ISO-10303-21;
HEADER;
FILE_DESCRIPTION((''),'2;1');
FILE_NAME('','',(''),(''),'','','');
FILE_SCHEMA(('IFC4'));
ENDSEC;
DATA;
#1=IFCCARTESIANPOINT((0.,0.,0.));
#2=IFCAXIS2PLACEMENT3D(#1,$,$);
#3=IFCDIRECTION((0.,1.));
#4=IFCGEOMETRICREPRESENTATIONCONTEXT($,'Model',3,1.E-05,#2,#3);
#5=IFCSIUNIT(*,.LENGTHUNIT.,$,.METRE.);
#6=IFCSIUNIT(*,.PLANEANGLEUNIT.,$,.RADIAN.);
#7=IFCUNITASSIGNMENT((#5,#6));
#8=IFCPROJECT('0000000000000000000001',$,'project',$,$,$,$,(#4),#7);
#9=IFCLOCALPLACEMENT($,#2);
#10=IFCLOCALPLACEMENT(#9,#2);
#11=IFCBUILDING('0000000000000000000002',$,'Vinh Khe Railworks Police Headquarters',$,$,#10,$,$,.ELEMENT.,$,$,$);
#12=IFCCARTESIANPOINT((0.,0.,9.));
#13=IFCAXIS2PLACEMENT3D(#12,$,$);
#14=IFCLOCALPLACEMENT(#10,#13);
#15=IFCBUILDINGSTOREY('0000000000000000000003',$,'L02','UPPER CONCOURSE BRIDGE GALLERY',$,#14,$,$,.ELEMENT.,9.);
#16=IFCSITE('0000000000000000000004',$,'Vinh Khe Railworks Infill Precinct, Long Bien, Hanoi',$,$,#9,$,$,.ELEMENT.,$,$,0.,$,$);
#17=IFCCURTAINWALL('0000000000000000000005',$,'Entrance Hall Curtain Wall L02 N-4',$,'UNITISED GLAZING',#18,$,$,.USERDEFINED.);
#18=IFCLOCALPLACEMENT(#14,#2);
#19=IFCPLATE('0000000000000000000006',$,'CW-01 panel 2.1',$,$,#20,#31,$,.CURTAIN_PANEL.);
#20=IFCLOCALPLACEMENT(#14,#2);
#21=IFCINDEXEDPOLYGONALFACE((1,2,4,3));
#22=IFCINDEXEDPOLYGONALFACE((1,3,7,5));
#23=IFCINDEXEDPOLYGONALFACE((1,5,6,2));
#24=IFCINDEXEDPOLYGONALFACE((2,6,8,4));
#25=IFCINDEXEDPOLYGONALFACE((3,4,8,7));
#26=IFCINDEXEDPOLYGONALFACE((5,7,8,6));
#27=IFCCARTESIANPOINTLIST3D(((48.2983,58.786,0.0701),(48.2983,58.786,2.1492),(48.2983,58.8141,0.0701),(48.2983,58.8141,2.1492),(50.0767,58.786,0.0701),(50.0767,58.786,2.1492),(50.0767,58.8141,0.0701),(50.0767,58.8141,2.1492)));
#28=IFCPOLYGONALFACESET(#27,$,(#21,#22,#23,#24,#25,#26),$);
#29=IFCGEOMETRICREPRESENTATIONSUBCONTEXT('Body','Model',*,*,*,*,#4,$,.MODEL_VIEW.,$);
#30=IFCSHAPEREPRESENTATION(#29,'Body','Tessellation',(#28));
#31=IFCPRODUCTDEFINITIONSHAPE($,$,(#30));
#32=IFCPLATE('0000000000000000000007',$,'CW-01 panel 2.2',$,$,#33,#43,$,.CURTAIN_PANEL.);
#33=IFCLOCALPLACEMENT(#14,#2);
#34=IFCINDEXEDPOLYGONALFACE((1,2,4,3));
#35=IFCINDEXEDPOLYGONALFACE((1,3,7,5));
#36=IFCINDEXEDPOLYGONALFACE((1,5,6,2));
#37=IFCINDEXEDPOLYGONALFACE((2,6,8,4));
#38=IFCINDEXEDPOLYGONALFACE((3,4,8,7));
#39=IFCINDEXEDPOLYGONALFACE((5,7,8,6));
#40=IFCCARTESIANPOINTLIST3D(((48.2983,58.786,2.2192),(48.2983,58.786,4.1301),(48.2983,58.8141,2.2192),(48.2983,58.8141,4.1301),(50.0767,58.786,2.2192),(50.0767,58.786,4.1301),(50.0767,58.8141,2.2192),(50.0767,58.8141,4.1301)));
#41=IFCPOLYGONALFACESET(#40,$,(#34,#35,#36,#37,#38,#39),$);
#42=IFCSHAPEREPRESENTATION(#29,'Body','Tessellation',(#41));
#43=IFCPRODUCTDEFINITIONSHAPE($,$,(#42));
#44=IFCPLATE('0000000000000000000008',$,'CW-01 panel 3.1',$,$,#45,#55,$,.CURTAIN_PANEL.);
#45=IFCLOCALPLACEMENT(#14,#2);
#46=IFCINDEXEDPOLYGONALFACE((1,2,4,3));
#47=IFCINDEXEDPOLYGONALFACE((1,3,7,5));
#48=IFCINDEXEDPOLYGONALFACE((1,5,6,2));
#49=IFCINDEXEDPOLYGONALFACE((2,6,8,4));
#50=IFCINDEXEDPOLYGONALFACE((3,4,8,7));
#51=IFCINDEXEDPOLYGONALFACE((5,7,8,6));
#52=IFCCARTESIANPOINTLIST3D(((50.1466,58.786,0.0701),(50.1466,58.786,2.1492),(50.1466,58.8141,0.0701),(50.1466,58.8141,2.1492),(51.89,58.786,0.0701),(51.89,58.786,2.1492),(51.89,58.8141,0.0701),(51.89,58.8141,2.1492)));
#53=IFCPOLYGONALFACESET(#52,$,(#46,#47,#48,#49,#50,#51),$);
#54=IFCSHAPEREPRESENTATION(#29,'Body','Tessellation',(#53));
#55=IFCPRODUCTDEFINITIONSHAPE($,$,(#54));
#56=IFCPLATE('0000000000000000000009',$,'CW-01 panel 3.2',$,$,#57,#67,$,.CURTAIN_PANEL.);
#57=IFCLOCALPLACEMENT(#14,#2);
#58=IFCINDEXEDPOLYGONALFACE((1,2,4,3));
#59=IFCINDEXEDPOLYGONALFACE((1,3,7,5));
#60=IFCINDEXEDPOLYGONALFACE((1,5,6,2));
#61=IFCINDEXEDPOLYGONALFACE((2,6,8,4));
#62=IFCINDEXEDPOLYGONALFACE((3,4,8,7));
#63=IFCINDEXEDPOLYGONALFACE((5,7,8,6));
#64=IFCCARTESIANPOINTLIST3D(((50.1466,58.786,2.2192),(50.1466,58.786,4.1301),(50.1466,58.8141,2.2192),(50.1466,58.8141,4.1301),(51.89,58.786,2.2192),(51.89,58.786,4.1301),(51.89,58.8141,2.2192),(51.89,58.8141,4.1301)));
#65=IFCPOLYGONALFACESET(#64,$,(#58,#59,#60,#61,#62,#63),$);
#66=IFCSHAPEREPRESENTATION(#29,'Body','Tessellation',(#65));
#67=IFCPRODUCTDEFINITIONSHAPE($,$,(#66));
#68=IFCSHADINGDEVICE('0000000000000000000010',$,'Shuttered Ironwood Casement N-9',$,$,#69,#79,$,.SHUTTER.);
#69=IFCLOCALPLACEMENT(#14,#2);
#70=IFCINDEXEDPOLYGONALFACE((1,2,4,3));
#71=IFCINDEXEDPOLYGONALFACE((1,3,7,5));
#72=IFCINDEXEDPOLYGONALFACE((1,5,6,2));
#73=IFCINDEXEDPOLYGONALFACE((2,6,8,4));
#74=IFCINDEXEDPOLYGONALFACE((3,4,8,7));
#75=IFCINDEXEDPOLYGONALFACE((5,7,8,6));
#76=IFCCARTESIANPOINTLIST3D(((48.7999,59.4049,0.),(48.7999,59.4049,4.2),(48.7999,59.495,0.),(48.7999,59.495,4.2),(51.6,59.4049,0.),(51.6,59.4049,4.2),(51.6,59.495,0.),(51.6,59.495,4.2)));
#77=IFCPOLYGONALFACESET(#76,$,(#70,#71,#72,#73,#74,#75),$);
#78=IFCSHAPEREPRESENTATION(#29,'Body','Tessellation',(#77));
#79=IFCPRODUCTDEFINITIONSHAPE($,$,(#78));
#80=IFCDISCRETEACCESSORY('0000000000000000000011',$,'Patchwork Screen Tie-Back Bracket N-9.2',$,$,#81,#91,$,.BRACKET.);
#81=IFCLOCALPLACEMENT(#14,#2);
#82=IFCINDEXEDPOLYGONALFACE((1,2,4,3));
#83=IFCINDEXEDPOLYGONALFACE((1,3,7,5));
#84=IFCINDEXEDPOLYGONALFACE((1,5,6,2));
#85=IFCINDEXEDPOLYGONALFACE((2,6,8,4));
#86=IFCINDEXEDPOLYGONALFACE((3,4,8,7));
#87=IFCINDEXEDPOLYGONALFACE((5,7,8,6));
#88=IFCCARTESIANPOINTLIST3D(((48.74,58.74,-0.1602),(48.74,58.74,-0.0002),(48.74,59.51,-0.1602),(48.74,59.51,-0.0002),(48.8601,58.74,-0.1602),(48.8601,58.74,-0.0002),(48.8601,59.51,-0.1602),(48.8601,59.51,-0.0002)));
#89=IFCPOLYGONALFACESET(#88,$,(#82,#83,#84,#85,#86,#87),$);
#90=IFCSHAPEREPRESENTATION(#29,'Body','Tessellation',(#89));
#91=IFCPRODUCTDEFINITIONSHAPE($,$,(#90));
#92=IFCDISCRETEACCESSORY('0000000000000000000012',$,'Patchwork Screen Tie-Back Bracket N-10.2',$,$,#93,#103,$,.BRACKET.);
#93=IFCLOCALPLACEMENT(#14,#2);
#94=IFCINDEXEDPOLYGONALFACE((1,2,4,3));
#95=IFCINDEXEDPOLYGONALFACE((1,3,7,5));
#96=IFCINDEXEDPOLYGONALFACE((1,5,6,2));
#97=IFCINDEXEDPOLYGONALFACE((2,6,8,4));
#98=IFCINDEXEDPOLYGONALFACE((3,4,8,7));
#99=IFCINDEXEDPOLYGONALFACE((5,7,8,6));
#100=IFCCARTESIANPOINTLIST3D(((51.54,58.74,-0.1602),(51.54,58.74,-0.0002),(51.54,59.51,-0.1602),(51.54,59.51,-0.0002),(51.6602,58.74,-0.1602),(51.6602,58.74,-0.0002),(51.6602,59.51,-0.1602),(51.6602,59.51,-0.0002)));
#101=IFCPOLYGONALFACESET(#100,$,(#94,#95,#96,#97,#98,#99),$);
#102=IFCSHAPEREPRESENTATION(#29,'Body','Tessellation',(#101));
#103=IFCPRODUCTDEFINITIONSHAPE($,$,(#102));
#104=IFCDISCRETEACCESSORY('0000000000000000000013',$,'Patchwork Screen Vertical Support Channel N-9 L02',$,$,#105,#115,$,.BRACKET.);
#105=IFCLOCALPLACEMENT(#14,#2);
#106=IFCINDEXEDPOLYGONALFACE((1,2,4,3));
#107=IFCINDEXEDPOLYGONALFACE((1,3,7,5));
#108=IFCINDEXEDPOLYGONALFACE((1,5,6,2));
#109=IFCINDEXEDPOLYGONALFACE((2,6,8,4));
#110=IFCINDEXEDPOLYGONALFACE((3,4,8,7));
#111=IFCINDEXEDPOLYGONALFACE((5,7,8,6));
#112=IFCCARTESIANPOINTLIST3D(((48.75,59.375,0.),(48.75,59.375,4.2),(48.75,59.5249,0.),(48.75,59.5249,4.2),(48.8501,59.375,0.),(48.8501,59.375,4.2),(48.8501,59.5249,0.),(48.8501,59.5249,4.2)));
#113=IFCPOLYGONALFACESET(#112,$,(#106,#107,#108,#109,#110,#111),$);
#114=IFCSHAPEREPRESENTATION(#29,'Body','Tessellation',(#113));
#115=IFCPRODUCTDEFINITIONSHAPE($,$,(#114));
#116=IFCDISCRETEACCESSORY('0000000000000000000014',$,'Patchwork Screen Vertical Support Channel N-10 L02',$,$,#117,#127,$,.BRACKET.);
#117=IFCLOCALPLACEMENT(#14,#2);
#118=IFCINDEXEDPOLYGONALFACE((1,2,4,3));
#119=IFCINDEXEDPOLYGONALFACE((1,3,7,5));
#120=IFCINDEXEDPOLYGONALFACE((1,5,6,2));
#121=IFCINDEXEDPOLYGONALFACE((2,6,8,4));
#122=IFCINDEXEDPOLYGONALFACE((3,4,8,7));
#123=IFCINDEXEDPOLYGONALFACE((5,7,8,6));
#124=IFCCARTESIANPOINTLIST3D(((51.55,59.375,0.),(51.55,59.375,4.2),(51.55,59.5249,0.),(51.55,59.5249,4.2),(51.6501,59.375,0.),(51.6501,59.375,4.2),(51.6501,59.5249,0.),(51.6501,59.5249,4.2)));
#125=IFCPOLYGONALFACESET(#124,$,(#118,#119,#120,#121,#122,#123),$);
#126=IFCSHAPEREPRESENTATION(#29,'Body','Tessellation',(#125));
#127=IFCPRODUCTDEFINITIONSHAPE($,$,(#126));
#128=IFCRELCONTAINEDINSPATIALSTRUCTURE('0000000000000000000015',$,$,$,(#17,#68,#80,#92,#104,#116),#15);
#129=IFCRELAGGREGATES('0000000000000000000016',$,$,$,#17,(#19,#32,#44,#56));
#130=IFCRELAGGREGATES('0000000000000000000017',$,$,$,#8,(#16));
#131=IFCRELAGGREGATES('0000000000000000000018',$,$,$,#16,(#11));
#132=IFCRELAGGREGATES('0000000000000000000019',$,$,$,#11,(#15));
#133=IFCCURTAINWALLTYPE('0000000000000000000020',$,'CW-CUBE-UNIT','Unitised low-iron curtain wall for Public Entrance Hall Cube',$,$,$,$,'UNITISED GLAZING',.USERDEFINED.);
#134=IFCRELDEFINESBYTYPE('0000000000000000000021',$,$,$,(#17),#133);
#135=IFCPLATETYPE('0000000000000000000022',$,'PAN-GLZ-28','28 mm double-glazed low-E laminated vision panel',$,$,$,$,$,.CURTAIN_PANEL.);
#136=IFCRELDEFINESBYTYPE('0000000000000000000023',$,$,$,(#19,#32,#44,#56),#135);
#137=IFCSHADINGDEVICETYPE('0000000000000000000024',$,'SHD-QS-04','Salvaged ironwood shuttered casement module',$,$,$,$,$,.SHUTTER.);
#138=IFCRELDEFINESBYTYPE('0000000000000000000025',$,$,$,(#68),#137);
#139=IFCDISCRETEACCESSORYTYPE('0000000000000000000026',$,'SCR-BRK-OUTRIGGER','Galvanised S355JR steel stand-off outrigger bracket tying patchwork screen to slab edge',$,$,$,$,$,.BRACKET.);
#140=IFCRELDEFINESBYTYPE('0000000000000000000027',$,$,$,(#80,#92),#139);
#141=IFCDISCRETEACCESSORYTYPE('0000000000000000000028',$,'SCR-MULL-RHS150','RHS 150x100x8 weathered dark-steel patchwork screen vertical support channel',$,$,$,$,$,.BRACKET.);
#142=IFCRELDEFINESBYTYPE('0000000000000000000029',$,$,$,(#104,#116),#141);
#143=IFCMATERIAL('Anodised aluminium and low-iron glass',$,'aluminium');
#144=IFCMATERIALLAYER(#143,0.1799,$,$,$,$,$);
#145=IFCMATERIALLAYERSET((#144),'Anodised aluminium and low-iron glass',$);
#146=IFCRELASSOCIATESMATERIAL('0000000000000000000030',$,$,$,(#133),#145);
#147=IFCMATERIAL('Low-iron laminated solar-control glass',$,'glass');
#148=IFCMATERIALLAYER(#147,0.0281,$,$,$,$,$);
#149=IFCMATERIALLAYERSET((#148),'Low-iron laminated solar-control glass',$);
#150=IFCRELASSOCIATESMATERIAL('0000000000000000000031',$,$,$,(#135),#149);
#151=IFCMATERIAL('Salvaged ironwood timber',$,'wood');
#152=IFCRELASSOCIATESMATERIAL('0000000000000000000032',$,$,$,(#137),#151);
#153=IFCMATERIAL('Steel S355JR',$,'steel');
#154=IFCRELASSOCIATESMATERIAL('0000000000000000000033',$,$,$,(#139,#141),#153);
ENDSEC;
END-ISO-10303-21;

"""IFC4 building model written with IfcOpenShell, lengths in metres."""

from ifc_helpers import new_model, si_unit, direction, frame, origin, origin_2d, place, context, subcontext, project, spatial, rectangle, extrude, material, layer, layer_set, type_object, element, aggregate, save


model = new_model("IFC4")

# Units and contexts
model_context = context("Model", 3, precision=1e-05, world=origin(), true_north=direction((0.0, 1.0)))
body_context = subcontext(model_context, "Body", "Model", "MODEL_VIEW")
ifc_project = project(units=[si_unit("LENGTHUNIT", "METRE"), si_unit("PLANEANGLEUNIT", "RADIAN")], contexts=[model_context])

# Site, building, storey
site_placement = place(None, origin())
site = spatial("IfcSite", under=ifc_project, at=site_placement, Name="Vinh Khe Railworks Infill Precinct, Long Bien, Hanoi", CompositionType="ELEMENT", RefElevation=0.0)
building_placement = place(site_placement, origin())
building = spatial("IfcBuilding", under=site, at=building_placement, Name="Vinh Khe Railworks Police Headquarters", CompositionType="ELEMENT")
storey_placement = place(building_placement, frame((0.0, 0.0, 9.0)))
storey = spatial("IfcBuildingStorey", under=building, at=storey_placement, Name="L02", Description="UPPER CONCOURSE BRIDGE GALLERY", CompositionType="ELEMENT", Elevation=9.0)

# Shared definitions
ifc_material_1 = material(Name="Steel S355JR", Category="steel")

# Shared definitions
ifc_material_2 = material(Name="Salvaged ironwood timber", Category="wood")

# Curtain wall, plates
ifc_material_3 = material(Name="Anodised aluminium and low-iron glass", Category="aluminium")
ifc_layer_1 = layer(ifc_material_3, 0.1799)
ifc_layer_set_1 = layer_set([ifc_layer_1], Name="Anodised aluminium and low-iron glass")
curtain_wall_type = type_object("IfcCurtainWallType", Name="CW-CUBE-UNIT", Description="Unitised low-iron curtain wall for Public Entrance Hall Cube", ElementType="UNITISED GLAZING", PredefinedType="USERDEFINED", material=ifc_layer_set_1)
curtain_wall_placement = place(storey_placement, origin())
curtain_wall = element("IfcCurtainWall", 1, at=curtain_wall_placement, inside=storey, type_object=curtain_wall_type, Name="Entrance Hall Curtain Wall L02 N-4", ObjectType="UNITISED GLAZING", PredefinedType="USERDEFINED")
ifc_material_4 = material(Name="Low-iron laminated solar-control glass", Category="glass")
ifc_layer_2 = layer(ifc_material_4, 0.0281)
ifc_layer_set_2 = layer_set([ifc_layer_2], Name="Low-iron laminated solar-control glass")
plate_type = type_object("IfcPlateType", Name="PAN-GLZ-28", Description="28 mm double-glazed low-E laminated vision panel", PredefinedType="CURTAIN_PANEL", material=ifc_layer_set_2)
plate_1_placement = place(storey_placement, frame((49.1875, 58.8, 0.0701), z_axis=(0.0, 0.0, 1.0), x_axis=(1.0, 0.0, 0.0)))
plate_1 = element("IfcPlate", 2, at=plate_1_placement, type_object=plate_type, Name="CW-01 panel 2.1", PredefinedType="CURTAIN_PANEL", context=body_context, shape_type="SweptSolid", body=[
    extrude(rectangle(XDim=1.7783, YDim=0.0281, at=origin_2d()), origin(), (0.0, 0.0, 1.0), 2.0791),
])
plate_2_placement = place(storey_placement, frame((49.1875, 58.8, 2.2192), z_axis=(0.0, 0.0, 1.0), x_axis=(1.0, 0.0, 0.0)))
plate_2 = element("IfcPlate", 3, at=plate_2_placement, type_object=plate_type, Name="CW-01 panel 2.2", PredefinedType="CURTAIN_PANEL", context=body_context, shape_type="SweptSolid", body=[
    extrude(rectangle(XDim=1.7783, YDim=0.0281, at=origin_2d()), origin(), (0.0, 0.0, 1.0), 1.9109),
])
plate_3_placement = place(storey_placement, frame((51.0183, 58.8, 0.0701), z_axis=(0.0, 0.0, 1.0), x_axis=(1.0, 0.0, 0.0)))
plate_3 = element("IfcPlate", 4, at=plate_3_placement, type_object=plate_type, Name="CW-01 panel 3.1", PredefinedType="CURTAIN_PANEL", context=body_context, shape_type="SweptSolid", body=[
    extrude(rectangle(XDim=1.7434, YDim=0.0281, at=origin_2d()), origin(), (0.0, 0.0, 1.0), 2.0791),
])
plate_4_placement = place(storey_placement, frame((51.0183, 58.8, 2.2192), z_axis=(0.0, 0.0, 1.0), x_axis=(1.0, 0.0, 0.0)))
plate_4 = element("IfcPlate", 5, at=plate_4_placement, type_object=plate_type, Name="CW-01 panel 3.2", PredefinedType="CURTAIN_PANEL", context=body_context, shape_type="SweptSolid", body=[
    extrude(rectangle(XDim=1.7434, YDim=0.0281, at=origin_2d()), origin(), (0.0, 0.0, 1.0), 1.9109),
])
aggregate(curtain_wall, [plate_1, plate_2, plate_3, plate_4])

# Shading device
shading_device_type = type_object("IfcShadingDeviceType", Name="SHD-QS-04", Description="Salvaged ironwood shuttered casement module", PredefinedType="SHUTTER", material=ifc_material_2)
shading_device_placement = place(storey_placement, frame((50.2, 59.45, 0.0), z_axis=(0.0, 0.0, 1.0), x_axis=(1.0, 0.0, 0.0)))
element("IfcShadingDevice", 6, at=shading_device_placement, inside=storey, type_object=shading_device_type, Name="Shuttered Ironwood Casement N-9", PredefinedType="SHUTTER", context=body_context, shape_type="SweptSolid", body=[
    extrude(rectangle(XDim=2.8, YDim=0.0901, at=origin_2d()), origin(), (0.0, 0.0, 1.0), 4.2),
])

# Discrete accessories
discrete_accessory_type_1 = type_object("IfcDiscreteAccessoryType", Name="SCR-BRK-OUTRIGGER", Description="Galvanised S355JR steel stand-off outrigger bracket tying patchwork screen to slab edge", PredefinedType="BRACKET", material=ifc_material_1)
for number, where, z_axis, x_axis, name in (
    (7, (48.8, 59.125, -0.1602), (0.0, 0.0, 1.0), (1.0, 0.0, 0.0), "Patchwork Screen Tie-Back Bracket N-9.2"),
    (8, (51.6001, 59.125, -0.1602), (0.0, 0.0, 1.0), (1.0, 0.0, 0.0), "Patchwork Screen Tie-Back Bracket N-10.2"),
):
    element("IfcDiscreteAccessory", number, at=place(storey_placement, frame(where, z_axis=z_axis, x_axis=x_axis)), inside=storey, type_object=discrete_accessory_type_1, Name=name, PredefinedType="BRACKET", context=body_context, shape_type="SweptSolid", body=[
        extrude(rectangle(XDim=0.1201, YDim=0.77, at=origin_2d()), origin(), (0.0, 0.0, 1.0), 0.1599),
    ])
discrete_accessory_type_2 = type_object("IfcDiscreteAccessoryType", Name="SCR-MULL-RHS150", Description="RHS 150x100x8 weathered dark-steel patchwork screen vertical support channel", PredefinedType="BRACKET", material=ifc_material_1)
for number, where, z_axis, x_axis, name in (
    (9, (48.8, 59.45, 0.0), (0.0, 0.0, 1.0), (1.0, 0.0, 0.0), "Patchwork Screen Vertical Support Channel N-9 L02"),
    (10, (51.6001, 59.45, 0.0), (0.0, 0.0, 1.0), (1.0, 0.0, 0.0), "Patchwork Screen Vertical Support Channel N-10 L02"),
):
    element("IfcDiscreteAccessory", number, at=place(storey_placement, frame(where, z_axis=z_axis, x_axis=x_axis)), inside=storey, type_object=discrete_accessory_type_2, Name=name, PredefinedType="BRACKET", context=body_context, shape_type="SweptSolid", body=[
        extrude(rectangle(XDim=0.1001, YDim=0.1499, at=origin_2d()), origin(), (0.0, 0.0, 1.0), 4.2),
    ])

save(model, "model.ifc")
